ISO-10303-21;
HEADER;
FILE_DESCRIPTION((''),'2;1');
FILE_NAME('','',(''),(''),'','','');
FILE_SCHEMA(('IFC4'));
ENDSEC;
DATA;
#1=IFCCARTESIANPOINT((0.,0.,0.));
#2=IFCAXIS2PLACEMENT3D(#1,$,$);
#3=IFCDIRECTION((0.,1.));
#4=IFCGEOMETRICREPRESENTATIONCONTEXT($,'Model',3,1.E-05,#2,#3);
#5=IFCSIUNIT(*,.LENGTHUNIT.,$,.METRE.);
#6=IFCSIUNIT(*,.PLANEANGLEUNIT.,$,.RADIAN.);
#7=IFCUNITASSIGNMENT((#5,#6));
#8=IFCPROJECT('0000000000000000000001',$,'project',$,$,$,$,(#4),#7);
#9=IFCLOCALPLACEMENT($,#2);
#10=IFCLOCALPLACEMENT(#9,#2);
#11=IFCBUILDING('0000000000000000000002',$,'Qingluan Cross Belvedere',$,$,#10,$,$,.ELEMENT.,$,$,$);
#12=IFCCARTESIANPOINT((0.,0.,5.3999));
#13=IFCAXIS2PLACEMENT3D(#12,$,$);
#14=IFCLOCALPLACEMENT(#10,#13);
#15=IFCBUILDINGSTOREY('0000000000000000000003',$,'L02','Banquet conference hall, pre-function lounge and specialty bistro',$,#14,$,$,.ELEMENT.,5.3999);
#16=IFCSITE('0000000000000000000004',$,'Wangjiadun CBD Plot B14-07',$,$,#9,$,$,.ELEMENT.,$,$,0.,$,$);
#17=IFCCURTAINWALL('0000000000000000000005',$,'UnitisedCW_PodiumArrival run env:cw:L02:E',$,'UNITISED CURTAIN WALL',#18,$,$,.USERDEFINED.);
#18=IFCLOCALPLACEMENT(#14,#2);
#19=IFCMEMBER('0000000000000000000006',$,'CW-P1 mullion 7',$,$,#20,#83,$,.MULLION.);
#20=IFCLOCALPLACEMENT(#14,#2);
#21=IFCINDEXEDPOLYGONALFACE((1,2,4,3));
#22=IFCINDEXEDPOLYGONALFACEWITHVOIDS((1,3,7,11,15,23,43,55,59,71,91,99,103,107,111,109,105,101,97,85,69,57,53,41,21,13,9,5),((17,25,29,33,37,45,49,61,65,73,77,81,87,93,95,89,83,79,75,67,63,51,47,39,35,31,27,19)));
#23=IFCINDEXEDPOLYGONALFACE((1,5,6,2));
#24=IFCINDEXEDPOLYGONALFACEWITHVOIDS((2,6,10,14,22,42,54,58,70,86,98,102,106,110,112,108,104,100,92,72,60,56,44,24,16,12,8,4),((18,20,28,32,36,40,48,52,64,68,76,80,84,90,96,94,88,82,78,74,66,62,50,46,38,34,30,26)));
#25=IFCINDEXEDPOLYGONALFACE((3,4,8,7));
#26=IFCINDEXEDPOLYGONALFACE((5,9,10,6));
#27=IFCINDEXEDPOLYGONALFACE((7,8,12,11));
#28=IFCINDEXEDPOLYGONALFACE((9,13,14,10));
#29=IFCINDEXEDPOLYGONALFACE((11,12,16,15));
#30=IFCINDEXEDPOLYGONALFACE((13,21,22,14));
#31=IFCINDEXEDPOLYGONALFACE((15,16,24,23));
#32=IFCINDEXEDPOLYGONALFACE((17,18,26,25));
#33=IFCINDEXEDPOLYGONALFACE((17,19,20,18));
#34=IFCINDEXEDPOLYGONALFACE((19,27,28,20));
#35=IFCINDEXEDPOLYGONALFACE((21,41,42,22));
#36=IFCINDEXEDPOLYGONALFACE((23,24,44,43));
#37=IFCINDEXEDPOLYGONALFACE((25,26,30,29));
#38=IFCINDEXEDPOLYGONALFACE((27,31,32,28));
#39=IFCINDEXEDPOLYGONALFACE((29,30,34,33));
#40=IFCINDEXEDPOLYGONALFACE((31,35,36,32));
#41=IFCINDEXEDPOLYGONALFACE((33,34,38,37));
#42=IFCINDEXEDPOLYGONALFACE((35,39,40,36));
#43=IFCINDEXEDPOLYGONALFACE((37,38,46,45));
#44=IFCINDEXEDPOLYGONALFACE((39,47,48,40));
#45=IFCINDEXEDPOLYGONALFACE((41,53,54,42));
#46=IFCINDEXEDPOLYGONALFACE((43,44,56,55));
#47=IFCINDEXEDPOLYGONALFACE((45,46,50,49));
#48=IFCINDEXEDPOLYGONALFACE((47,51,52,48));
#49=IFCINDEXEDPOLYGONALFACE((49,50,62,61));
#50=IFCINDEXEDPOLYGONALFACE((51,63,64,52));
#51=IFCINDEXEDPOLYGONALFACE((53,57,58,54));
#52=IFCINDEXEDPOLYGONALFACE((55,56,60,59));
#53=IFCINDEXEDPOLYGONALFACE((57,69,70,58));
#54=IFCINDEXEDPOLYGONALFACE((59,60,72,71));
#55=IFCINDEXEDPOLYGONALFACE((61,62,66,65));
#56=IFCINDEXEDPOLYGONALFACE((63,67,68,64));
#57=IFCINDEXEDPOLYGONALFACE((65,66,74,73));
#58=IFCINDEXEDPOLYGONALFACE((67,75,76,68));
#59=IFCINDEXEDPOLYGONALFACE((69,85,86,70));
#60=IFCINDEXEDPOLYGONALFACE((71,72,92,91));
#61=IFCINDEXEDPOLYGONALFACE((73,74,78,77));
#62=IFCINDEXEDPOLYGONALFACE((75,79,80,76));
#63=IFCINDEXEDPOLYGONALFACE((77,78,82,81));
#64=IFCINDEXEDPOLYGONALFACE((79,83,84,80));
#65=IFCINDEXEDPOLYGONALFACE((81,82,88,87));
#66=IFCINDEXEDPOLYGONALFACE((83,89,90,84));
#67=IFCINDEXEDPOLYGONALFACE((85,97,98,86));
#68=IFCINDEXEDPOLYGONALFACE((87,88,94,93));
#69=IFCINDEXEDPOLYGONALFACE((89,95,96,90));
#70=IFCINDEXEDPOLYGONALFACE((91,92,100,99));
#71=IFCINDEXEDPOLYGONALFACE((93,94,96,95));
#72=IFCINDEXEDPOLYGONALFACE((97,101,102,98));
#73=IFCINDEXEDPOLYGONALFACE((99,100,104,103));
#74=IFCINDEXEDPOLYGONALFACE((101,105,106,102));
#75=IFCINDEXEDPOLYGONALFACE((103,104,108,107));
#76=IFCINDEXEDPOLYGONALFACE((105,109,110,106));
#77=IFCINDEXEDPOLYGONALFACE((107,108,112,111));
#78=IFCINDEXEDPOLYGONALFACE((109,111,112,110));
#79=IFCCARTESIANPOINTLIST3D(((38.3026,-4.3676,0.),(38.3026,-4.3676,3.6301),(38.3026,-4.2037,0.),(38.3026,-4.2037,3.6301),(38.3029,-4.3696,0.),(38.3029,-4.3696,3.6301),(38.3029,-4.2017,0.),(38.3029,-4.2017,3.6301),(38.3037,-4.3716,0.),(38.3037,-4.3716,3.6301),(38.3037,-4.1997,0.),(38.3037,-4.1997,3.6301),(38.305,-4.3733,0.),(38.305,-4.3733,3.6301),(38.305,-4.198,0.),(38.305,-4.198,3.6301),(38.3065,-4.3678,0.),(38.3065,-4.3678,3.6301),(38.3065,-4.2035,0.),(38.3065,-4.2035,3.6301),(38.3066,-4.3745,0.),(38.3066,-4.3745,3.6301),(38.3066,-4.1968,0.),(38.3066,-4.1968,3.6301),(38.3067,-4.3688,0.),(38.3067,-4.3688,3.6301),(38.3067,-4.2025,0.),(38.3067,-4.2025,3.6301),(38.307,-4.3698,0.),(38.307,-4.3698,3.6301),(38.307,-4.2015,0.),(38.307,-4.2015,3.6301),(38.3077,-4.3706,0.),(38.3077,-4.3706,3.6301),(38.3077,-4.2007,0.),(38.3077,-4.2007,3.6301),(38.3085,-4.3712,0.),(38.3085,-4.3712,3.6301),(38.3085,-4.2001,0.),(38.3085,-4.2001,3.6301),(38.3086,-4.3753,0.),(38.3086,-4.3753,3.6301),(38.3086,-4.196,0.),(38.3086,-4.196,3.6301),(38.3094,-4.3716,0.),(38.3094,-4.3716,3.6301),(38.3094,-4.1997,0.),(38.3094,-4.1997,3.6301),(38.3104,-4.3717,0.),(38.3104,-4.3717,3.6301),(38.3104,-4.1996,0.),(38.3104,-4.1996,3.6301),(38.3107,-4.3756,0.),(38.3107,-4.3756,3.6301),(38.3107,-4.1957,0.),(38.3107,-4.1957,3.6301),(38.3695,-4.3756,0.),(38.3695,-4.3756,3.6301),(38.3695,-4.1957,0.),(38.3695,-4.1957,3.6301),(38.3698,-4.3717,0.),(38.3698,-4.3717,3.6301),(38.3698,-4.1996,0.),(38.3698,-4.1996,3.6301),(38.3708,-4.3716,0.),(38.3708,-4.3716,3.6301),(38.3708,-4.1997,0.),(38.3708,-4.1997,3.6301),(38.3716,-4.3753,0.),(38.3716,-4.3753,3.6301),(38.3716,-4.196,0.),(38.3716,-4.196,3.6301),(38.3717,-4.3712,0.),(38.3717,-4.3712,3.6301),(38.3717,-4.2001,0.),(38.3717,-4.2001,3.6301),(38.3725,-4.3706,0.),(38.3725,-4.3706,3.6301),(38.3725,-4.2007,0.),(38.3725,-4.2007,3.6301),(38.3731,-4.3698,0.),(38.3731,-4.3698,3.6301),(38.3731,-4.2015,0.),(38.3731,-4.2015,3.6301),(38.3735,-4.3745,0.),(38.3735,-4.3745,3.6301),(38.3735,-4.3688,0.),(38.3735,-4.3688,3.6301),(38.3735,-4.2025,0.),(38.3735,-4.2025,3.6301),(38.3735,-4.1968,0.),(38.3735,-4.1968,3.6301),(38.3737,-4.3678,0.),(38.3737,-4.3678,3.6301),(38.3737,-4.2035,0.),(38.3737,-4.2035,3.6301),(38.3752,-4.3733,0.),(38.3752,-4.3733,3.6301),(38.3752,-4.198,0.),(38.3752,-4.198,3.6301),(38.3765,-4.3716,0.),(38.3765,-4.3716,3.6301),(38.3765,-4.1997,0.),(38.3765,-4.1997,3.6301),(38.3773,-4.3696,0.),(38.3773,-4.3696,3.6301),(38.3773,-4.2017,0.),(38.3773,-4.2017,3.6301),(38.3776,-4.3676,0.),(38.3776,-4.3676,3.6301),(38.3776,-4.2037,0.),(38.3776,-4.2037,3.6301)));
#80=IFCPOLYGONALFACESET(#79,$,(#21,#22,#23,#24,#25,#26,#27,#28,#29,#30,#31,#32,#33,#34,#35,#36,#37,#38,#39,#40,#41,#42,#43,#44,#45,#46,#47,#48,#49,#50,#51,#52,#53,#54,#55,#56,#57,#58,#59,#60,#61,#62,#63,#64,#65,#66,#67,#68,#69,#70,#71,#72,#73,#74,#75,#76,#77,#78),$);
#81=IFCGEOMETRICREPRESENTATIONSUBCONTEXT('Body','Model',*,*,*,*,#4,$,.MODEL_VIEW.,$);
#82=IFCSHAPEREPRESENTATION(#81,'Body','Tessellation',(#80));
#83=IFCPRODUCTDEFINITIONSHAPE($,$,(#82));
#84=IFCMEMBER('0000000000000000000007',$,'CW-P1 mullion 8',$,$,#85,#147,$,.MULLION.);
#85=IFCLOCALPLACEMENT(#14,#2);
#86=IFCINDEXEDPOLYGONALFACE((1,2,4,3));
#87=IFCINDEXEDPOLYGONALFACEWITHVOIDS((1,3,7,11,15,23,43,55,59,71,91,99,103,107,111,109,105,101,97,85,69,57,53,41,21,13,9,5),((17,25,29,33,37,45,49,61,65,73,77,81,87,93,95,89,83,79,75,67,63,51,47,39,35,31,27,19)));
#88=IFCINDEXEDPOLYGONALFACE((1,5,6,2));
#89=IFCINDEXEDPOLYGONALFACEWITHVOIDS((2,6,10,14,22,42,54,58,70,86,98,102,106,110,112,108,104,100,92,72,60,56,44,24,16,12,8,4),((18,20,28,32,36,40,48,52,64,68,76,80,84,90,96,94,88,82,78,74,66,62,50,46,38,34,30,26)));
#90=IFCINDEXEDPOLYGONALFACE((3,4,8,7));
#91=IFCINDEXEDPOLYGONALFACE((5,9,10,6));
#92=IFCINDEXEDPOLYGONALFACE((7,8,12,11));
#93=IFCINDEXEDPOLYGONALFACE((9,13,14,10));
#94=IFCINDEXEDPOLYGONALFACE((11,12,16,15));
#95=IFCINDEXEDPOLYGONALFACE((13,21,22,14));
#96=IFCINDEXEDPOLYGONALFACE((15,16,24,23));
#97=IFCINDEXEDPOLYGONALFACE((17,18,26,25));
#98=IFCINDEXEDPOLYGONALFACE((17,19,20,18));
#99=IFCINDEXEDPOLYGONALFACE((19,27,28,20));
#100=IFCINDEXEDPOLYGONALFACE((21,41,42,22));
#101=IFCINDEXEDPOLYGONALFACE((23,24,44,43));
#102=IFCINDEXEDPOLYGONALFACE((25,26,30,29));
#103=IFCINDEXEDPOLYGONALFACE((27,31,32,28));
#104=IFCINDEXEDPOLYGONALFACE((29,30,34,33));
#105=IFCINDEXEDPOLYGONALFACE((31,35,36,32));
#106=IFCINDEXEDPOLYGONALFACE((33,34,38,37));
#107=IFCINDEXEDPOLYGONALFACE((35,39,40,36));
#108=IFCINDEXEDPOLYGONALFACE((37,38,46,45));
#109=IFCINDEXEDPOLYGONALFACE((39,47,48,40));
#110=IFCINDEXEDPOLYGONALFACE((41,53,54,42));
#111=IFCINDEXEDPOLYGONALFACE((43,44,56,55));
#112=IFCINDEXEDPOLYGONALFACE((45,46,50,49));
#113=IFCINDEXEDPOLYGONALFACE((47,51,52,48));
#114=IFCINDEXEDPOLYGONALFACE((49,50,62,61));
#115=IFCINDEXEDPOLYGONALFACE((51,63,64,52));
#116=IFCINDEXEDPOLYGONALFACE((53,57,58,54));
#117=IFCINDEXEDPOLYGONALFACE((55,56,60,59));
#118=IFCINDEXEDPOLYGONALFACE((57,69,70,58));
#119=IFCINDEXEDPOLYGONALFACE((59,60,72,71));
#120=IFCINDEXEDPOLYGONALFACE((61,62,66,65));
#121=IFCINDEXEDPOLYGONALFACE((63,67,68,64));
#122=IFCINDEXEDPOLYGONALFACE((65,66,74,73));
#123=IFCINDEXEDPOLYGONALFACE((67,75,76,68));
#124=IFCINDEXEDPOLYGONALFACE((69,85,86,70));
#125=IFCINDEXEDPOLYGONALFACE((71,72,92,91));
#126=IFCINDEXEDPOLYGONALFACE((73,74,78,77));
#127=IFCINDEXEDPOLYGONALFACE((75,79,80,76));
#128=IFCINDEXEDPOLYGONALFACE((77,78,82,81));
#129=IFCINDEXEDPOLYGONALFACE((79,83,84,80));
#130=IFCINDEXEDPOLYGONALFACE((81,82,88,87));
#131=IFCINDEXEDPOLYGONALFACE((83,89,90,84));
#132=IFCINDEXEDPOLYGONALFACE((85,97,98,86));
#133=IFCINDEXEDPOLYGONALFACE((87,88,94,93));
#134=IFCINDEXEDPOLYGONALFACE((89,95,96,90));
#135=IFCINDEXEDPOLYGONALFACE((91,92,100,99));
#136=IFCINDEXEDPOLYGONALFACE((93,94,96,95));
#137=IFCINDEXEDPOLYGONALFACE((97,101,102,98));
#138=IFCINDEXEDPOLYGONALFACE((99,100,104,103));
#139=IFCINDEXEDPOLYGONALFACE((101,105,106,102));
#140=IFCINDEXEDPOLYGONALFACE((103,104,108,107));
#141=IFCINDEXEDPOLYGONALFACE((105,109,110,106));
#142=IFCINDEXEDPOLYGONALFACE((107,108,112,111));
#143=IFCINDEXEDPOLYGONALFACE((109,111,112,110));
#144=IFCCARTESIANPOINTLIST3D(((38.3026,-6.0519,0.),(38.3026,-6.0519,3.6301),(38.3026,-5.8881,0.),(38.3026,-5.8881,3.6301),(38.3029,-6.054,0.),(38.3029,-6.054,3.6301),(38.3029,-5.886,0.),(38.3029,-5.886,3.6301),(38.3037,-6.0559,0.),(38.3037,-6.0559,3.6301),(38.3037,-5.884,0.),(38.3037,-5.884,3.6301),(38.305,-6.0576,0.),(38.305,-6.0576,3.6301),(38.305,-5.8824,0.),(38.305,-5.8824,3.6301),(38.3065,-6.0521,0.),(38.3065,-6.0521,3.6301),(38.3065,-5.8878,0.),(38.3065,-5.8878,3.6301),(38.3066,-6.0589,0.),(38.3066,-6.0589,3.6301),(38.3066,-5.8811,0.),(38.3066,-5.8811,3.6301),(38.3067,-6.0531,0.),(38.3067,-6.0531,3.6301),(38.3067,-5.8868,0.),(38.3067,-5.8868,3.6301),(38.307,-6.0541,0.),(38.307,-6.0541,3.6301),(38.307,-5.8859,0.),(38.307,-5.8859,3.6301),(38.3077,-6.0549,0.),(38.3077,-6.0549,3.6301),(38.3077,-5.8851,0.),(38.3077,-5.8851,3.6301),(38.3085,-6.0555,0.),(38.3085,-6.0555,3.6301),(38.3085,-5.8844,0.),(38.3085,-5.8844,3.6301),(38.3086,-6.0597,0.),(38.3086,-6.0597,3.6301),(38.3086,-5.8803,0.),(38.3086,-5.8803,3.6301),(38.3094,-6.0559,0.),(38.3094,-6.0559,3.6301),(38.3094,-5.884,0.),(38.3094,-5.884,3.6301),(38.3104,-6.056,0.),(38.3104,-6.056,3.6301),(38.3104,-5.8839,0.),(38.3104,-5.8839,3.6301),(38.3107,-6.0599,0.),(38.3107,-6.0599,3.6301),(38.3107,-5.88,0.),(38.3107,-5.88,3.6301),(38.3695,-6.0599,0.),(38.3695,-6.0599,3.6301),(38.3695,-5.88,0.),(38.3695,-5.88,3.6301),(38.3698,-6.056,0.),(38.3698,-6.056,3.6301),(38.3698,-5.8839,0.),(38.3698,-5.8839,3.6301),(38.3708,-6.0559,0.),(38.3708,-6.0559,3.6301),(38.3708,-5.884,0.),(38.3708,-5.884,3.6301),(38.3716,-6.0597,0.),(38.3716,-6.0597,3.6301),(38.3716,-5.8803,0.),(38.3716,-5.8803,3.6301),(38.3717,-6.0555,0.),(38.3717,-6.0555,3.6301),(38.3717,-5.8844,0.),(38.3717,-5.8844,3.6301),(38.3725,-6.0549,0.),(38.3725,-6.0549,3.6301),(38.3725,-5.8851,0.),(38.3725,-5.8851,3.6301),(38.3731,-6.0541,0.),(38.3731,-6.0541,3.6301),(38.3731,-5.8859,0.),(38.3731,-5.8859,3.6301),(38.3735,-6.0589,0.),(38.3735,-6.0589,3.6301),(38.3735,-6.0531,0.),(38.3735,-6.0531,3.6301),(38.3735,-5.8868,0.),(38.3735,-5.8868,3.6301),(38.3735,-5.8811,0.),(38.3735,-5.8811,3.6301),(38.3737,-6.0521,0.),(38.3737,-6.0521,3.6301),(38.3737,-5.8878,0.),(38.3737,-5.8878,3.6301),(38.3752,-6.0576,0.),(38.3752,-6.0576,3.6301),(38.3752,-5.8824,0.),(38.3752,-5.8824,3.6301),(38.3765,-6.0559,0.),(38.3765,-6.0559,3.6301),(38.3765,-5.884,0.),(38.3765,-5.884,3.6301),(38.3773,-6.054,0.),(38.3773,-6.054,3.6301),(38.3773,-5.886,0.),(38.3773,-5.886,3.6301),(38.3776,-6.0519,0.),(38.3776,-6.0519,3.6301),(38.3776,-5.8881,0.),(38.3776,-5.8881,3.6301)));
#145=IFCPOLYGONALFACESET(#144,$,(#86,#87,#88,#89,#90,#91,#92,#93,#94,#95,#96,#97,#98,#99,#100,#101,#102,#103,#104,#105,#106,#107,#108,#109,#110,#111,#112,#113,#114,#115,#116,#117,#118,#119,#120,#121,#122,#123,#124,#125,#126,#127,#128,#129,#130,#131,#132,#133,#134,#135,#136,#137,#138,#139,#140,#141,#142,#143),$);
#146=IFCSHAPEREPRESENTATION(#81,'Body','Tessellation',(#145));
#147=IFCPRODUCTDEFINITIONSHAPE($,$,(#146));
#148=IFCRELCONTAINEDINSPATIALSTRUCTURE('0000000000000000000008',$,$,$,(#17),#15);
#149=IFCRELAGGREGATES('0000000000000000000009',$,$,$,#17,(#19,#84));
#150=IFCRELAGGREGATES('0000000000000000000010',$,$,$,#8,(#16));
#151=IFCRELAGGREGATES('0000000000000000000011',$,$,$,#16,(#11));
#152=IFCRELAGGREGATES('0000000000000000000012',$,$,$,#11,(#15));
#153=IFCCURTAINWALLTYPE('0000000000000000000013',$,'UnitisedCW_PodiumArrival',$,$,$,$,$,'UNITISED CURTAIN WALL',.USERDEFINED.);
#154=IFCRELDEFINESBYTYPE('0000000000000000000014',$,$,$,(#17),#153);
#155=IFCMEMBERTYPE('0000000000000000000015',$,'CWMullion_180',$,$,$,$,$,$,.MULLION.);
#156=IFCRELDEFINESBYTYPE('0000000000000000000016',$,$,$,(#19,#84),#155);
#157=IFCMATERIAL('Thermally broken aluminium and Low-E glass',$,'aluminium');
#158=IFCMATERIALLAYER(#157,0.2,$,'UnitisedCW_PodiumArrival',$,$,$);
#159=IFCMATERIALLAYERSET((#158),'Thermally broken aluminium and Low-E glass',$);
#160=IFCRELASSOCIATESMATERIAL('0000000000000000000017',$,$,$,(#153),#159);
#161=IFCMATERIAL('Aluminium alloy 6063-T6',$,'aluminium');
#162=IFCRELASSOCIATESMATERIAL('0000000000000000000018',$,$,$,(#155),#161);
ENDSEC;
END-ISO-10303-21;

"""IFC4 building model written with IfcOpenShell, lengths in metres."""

from ifc_helpers import new_model, si_unit, direction, frame, origin, origin_2d, place, context, subcontext, project, spatial, hollow_rectangle, extrude, material, layer, layer_set, material_profile, profile_set, type_object, element, aggregate, save


model = new_model("IFC4")

# Units and contexts
model_context = context("Model", 3, precision=1e-05, world=origin(), true_north=direction((0.0, 1.0)))
body_context = subcontext(model_context, "Body", "Model", "MODEL_VIEW")
ifc_project = project(units=[si_unit("LENGTHUNIT", "METRE"), si_unit("PLANEANGLEUNIT", "RADIAN")], contexts=[model_context])

# Site, building, storey
site_placement = place(None, origin())
site = spatial("IfcSite", under=ifc_project, at=site_placement, Name="Wangjiadun CBD Plot B14-07", CompositionType="ELEMENT", RefElevation=0.0)
building_placement = place(site_placement, origin())
building = spatial("IfcBuilding", under=site, at=building_placement, Name="Qingluan Cross Belvedere", CompositionType="ELEMENT")
storey_placement = place(building_placement, frame((0.0, 0.0, 5.3999)))
storey = spatial("IfcBuildingStorey", under=building, at=storey_placement, Name="L02", Description="Banquet conference hall, pre-function lounge and specialty bistro", CompositionType="ELEMENT", Elevation=5.3999)

# Curtain wall, members
ifc_material_1 = material(Name="Thermally broken aluminium and Low-E glass", Category="aluminium")
ifc_layer_1 = layer(ifc_material_1, 0.2, Name="UnitisedCW_PodiumArrival")
ifc_layer_set_1 = layer_set([ifc_layer_1], Name="Thermally broken aluminium and Low-E glass")
curtain_wall_type = type_object("IfcCurtainWallType", Name="UnitisedCW_PodiumArrival", ElementType="UNITISED CURTAIN WALL", PredefinedType="USERDEFINED", material=ifc_layer_set_1)
curtain_wall_placement = place(storey_placement, origin())
curtain_wall = element("IfcCurtainWall", 1, at=curtain_wall_placement, inside=storey, type_object=curtain_wall_type, Name="UnitisedCW_PodiumArrival run env:cw:L02:E", ObjectType="UNITISED CURTAIN WALL", PredefinedType="USERDEFINED")
ifc_material_2 = material(Name="Aluminium alloy 6063-T6", Category="aluminium")
ifc_material_profile_1 = material_profile(ifc_material_2, hollow_rectangle(XDim=0.075, YDim=0.1799, WallThickness=0.0039, InnerFilletRadius=0.0039, OuterFilletRadius=0.0081, at=origin_2d()), Name="CWM180x75x4")
ifc_profile_set_1 = profile_set([ifc_material_profile_1], Name="Aluminium alloy 6063-T6")
member_type_1 = type_object("IfcMemberType", Name="CWMullion_180", PredefinedType="MULLION", material=ifc_profile_set_1)
member_1_placement = place(storey_placement, frame((38.3401, -4.2856, 0.0), z_axis=(0.0, 0.0, 1.0), x_axis=(1.0, 0.0, 0.0)))
member_1 = element("IfcMember", 2, at=member_1_placement, type_object=member_type_1, Name="CW-P1 mullion 7", PredefinedType="MULLION", context=body_context, shape_type="SweptSolid", body=[
    extrude(hollow_rectangle(XDim=0.075, YDim=0.1799, WallThickness=0.0039, InnerFilletRadius=0.0039, OuterFilletRadius=0.0081, at=origin_2d()), origin(), (0.0, 0.0, 1.0), 3.6301),
])
member_2_placement = place(storey_placement, frame((38.3401, -5.97, 0.0), z_axis=(0.0, 0.0, 1.0), x_axis=(1.0, 0.0, 0.0)))
member_2 = element("IfcMember", 3, at=member_2_placement, type_object=member_type_1, Name="CW-P1 mullion 8", PredefinedType="MULLION", context=body_context, shape_type="SweptSolid", body=[
    extrude(hollow_rectangle(XDim=0.075, YDim=0.1799, WallThickness=0.0039, InnerFilletRadius=0.0039, OuterFilletRadius=0.0081, at=origin_2d()), origin(), (0.0, 0.0, 1.0), 3.6301),
])

aggregate(curtain_wall, [member_1, member_2])

save(model, "model.ifc")
